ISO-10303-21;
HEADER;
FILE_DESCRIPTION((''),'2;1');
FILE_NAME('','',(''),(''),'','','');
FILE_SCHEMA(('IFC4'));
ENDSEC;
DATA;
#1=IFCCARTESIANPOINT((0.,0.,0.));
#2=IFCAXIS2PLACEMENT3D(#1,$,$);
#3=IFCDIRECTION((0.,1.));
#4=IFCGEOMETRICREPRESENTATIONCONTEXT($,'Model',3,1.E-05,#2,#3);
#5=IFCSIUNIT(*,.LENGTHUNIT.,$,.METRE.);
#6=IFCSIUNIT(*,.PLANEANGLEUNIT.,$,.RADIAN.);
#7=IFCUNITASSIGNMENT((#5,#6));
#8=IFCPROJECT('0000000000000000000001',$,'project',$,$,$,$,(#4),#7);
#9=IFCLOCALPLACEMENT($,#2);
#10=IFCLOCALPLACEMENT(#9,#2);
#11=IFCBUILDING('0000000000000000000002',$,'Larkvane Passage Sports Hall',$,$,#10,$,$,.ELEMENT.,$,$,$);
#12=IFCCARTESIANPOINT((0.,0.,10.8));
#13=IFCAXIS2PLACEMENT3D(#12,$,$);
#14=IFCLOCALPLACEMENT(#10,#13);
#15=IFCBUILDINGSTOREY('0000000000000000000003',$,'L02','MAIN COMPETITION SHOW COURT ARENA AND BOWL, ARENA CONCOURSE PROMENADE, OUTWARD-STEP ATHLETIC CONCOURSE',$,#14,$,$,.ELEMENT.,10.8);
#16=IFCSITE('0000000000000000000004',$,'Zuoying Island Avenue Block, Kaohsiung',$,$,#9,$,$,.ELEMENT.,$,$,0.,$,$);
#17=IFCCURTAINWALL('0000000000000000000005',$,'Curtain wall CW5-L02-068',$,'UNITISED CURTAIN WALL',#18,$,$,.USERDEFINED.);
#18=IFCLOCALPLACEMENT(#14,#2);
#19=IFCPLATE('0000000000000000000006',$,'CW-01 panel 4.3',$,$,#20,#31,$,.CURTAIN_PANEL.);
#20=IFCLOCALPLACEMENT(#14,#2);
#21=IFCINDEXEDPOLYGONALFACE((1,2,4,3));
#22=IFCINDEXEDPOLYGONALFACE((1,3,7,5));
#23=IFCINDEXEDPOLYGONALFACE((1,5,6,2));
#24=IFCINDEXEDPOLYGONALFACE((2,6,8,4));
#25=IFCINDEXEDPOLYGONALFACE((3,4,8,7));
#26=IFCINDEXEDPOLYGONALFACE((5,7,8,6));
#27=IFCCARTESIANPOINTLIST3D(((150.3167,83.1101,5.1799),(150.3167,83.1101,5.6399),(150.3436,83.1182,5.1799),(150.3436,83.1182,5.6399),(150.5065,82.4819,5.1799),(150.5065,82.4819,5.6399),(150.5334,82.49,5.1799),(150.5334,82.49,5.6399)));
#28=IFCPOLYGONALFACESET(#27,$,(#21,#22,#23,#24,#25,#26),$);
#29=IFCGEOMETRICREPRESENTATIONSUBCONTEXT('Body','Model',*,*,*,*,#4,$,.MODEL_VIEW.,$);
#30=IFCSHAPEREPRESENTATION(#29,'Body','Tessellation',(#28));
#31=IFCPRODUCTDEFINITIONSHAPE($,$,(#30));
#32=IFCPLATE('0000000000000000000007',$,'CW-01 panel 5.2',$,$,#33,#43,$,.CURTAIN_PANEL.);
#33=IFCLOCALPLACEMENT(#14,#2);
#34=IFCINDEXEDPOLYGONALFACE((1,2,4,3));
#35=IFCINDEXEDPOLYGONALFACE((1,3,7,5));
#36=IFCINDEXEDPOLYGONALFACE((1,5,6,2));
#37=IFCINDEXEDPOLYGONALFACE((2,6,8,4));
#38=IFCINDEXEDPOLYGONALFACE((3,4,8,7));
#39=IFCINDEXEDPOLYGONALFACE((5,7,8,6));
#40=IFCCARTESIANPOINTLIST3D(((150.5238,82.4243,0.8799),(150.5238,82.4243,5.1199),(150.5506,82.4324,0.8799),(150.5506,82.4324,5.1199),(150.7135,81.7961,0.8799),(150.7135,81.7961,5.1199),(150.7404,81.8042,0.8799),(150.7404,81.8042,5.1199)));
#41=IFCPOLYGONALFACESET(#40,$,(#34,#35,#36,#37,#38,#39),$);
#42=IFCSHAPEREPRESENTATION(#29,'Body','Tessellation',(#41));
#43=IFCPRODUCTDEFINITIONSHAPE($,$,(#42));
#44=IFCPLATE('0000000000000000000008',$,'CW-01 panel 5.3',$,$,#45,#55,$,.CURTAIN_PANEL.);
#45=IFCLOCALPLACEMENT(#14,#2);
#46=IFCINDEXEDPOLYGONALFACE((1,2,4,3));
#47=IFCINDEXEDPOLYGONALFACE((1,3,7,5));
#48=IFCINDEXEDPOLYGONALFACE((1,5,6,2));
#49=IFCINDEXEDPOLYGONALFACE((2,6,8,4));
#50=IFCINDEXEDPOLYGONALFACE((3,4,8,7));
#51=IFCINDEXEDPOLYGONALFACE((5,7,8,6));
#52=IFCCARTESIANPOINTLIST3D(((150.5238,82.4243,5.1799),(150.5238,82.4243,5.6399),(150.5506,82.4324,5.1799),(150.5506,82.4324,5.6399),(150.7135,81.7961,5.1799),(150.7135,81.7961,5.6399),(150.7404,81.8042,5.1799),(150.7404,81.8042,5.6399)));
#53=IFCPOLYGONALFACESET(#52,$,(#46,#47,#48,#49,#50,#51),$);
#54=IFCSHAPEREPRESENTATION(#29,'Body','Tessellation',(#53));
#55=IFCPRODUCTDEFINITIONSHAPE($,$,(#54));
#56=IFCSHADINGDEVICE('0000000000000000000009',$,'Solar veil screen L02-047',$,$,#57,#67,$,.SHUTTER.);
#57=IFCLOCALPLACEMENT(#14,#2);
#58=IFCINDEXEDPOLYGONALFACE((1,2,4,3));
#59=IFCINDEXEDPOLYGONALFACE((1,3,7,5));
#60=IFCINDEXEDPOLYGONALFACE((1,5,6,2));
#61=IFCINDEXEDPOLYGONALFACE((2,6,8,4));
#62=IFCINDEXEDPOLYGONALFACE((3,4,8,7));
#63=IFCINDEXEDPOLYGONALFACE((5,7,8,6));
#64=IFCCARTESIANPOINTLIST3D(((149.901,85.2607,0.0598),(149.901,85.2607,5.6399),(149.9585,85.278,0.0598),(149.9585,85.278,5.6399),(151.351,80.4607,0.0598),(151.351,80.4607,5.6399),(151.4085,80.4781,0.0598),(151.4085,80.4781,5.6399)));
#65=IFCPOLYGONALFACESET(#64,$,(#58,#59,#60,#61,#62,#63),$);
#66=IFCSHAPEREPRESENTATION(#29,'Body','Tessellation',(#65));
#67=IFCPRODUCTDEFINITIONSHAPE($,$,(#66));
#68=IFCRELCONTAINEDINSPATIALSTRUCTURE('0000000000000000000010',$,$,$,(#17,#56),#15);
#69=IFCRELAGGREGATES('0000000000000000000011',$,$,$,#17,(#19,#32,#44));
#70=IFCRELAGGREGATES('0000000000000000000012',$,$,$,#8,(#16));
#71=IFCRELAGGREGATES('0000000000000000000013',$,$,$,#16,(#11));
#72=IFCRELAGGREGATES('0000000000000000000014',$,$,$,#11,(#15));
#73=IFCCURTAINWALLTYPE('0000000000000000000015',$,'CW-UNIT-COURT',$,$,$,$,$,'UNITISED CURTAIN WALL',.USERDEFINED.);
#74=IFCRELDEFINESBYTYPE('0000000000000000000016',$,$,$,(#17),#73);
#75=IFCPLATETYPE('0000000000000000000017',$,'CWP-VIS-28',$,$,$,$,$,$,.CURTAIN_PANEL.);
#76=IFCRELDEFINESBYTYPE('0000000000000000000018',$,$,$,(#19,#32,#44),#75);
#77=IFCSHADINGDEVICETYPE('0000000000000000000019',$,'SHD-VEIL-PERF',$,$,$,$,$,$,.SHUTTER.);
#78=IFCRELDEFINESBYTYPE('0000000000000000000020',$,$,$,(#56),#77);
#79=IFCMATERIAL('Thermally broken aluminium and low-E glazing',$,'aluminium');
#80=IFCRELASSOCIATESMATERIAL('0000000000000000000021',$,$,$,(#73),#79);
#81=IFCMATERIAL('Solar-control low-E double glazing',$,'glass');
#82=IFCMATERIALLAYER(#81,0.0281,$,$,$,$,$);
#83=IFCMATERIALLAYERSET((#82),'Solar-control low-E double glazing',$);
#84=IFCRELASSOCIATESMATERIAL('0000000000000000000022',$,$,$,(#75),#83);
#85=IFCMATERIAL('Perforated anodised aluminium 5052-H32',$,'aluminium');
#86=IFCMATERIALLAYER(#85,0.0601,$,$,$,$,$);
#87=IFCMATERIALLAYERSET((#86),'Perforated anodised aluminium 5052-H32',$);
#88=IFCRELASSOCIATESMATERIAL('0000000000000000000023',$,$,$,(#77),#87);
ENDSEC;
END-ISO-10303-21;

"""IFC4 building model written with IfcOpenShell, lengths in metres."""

from ifc_helpers import new_model, si_unit, direction, frame, origin, origin_2d, place, context, subcontext, project, spatial, rectangle, extrude, material, layer, layer_set, type_object, element, aggregate, save


model = new_model("IFC4")

# Units and contexts
model_context = context("Model", 3, precision=1e-05, world=origin(), true_north=direction((0.0, 1.0)))
body_context = subcontext(model_context, "Body", "Model", "MODEL_VIEW")
ifc_project = project(units=[si_unit("LENGTHUNIT", "METRE"), si_unit("PLANEANGLEUNIT", "RADIAN")], contexts=[model_context])

# Site, building, storey
site_placement = place(None, origin())
site = spatial("IfcSite", under=ifc_project, at=site_placement, Name="Zuoying Island Avenue Block, Kaohsiung", CompositionType="ELEMENT", RefElevation=0.0)
building_placement = place(site_placement, origin())
building = spatial("IfcBuilding", under=site, at=building_placement, Name="Larkvane Passage Sports Hall", CompositionType="ELEMENT")
storey_placement = place(building_placement, frame((0.0, 0.0, 10.8)))
storey = spatial("IfcBuildingStorey", under=building, at=storey_placement, Name="L02", Description="MAIN COMPETITION SHOW COURT ARENA AND BOWL, ARENA CONCOURSE PROMENADE, OUTWARD-STEP ATHLETIC CONCOURSE", CompositionType="ELEMENT", Elevation=10.8)

# Curtain wall, plates
ifc_material_1 = material(Name="Thermally broken aluminium and low-E glazing", Category="aluminium")
curtain_wall_type = type_object("IfcCurtainWallType", Name="CW-UNIT-COURT", ElementType="UNITISED CURTAIN WALL", PredefinedType="USERDEFINED", material=ifc_material_1)
curtain_wall_placement = place(storey_placement, origin())
curtain_wall = element("IfcCurtainWall", 1, at=curtain_wall_placement, inside=storey, type_object=curtain_wall_type, Name="Curtain wall CW5-L02-068", ObjectType="UNITISED CURTAIN WALL", PredefinedType="USERDEFINED")
ifc_material_2 = material(Name="Solar-control low-E double glazing", Category="glass")
ifc_layer_1 = layer(ifc_material_2, 0.0281)
ifc_layer_set_1 = layer_set([ifc_layer_1], Name="Solar-control low-E double glazing")
plate_type_1 = type_object("IfcPlateType", Name="CWP-VIS-28", PredefinedType="CURTAIN_PANEL", material=ifc_layer_set_1)
plate_1_placement = place(storey_placement, frame((150.425, 82.8, 5.1799), z_axis=(0.0, 0.0, 1.0), x_axis=(0.289177, -0.957276, 0.0)))
plate_1 = element("IfcPlate", 2, at=plate_1_placement, type_object=plate_type_1, Name="CW-01 panel 4.3", PredefinedType="CURTAIN_PANEL", context=body_context, shape_type="SweptSolid", body=[
    extrude(rectangle(XDim=0.6562, YDim=0.0281, at=origin_2d()), origin(), (0.0, 0.0, 1.0), 0.46),
])
plate_2_placement = place(storey_placement, frame((150.6321, 82.1143, 0.8799), z_axis=(0.0, 0.0, 1.0), x_axis=(0.289177, -0.957276, 0.0)))
plate_2 = element("IfcPlate", 3, at=plate_2_placement, type_object=plate_type_1, Name="CW-01 panel 5.2", PredefinedType="CURTAIN_PANEL", context=body_context, shape_type="SweptSolid", body=[
    extrude(rectangle(XDim=0.6562, YDim=0.0281, at=origin_2d()), origin(), (0.0, 0.0, 1.0), 4.24),
])
plate_3_placement = place(storey_placement, frame((150.6321, 82.1143, 5.1799), z_axis=(0.0, 0.0, 1.0), x_axis=(0.289177, -0.957276, 0.0)))
plate_3 = element("IfcPlate", 4, at=plate_3_placement, type_object=plate_type_1, Name="CW-01 panel 5.3", PredefinedType="CURTAIN_PANEL", context=body_context, shape_type="SweptSolid", body=[
    extrude(rectangle(XDim=0.6562, YDim=0.0281, at=origin_2d()), origin(), (0.0, 0.0, 1.0), 0.46),
])
aggregate(curtain_wall, [plate_1, plate_2, plate_3])

# Shading device
ifc_material_3 = material(Name="Perforated anodised aluminium 5052-H32", Category="aluminium")
ifc_layer_2 = layer(ifc_material_3, 0.0601)
ifc_layer_set_2 = layer_set([ifc_layer_2], Name="Perforated anodised aluminium 5052-H32")
shading_device_type = type_object("IfcShadingDeviceType", Name="SHD-VEIL-PERF", PredefinedType="SHUTTER", material=ifc_layer_set_2)
shading_device_placement = place(storey_placement, frame((150.6548, 82.8694, 0.0598), z_axis=(0.0, 0.0, 1.0), x_axis=(0.289177, -0.957276, 0.0)))
element("IfcShadingDevice", 5, at=shading_device_placement, inside=storey, type_object=shading_device_type, Name="Solar veil screen L02-047", PredefinedType="SHUTTER", context=body_context, shape_type="SweptSolid", body=[
    extrude(rectangle(XDim=5.0142, YDim=0.0601, at=origin_2d()), origin(), (0.0, 0.0, 1.0), 5.5801),
])

save(model, "model.ifc")
